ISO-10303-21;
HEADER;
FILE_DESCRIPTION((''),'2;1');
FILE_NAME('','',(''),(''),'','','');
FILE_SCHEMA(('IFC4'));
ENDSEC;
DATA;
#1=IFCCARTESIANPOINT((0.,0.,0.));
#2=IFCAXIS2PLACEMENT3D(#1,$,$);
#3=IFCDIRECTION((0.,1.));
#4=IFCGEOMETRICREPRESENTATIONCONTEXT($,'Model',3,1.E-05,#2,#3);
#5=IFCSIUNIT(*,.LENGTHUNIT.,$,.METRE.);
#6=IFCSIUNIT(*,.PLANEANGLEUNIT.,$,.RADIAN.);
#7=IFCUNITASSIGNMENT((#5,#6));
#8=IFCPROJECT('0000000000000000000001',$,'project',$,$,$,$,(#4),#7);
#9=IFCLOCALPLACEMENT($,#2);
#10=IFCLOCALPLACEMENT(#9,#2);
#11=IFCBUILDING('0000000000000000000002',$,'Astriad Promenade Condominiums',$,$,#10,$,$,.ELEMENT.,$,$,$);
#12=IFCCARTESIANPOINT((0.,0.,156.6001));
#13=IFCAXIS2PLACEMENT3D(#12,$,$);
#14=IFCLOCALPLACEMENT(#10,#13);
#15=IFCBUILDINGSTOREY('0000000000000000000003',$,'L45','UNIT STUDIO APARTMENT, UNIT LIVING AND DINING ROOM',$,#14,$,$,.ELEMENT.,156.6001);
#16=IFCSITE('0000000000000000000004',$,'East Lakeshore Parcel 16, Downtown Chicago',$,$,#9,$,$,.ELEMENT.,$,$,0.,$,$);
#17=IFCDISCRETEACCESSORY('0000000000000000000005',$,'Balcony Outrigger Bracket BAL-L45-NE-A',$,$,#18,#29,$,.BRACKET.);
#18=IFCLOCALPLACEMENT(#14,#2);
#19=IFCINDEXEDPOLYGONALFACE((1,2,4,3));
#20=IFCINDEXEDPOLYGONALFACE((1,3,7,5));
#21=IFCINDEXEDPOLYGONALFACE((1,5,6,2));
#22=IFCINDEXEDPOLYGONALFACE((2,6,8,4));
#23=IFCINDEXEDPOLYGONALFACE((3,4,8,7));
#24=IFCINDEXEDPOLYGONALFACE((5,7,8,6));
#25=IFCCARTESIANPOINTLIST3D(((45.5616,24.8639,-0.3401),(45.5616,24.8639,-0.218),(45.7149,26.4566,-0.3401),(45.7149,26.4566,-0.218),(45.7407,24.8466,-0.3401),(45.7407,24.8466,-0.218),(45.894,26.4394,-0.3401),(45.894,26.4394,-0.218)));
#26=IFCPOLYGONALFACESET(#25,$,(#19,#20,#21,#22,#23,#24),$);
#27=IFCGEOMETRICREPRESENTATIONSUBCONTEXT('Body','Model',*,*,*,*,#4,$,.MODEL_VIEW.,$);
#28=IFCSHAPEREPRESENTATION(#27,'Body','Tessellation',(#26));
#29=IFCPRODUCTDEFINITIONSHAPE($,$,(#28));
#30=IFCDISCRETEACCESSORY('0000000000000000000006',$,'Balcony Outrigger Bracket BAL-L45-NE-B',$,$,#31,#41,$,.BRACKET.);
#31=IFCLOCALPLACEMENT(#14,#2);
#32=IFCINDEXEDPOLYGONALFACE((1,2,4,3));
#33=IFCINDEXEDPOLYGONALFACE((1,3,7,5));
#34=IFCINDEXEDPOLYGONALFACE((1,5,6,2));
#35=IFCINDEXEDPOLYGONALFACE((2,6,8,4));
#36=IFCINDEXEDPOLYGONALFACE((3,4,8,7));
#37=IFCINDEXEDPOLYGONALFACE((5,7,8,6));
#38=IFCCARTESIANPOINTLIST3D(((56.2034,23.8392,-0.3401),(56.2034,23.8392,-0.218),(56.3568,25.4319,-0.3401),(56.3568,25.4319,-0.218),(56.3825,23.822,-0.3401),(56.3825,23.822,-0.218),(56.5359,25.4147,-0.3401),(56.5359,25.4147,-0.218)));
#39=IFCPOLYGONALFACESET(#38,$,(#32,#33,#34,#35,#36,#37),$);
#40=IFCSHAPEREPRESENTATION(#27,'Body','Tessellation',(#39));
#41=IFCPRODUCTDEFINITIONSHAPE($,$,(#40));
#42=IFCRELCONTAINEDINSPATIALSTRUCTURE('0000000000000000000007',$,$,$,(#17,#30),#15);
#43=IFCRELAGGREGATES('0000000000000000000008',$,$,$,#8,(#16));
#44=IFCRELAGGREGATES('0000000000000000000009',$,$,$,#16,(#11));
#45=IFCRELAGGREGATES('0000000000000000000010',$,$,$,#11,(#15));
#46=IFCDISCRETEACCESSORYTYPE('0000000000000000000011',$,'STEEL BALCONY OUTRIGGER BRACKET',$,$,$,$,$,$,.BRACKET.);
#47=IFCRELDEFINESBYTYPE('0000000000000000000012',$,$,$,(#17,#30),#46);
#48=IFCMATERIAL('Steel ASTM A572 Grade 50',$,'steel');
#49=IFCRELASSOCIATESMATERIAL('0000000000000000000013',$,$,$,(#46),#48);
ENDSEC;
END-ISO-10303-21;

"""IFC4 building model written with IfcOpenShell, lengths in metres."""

from ifc_helpers import new_model, si_unit, direction, frame, origin, origin_2d, place, context, subcontext, project, spatial, rectangle, extrude, source, transform, mapped, material, type_object, type_shapes, element, save


model = new_model("IFC4")

# Units and contexts
model_context = context("Model", 3, precision=1e-05, world=origin(), true_north=direction((0.0, 1.0)))
body_context = subcontext(model_context, "Body", "Model", "MODEL_VIEW")
ifc_project = project(units=[si_unit("LENGTHUNIT", "METRE"), si_unit("PLANEANGLEUNIT", "RADIAN")], contexts=[model_context])

# Site, building, storey
site_placement = place(None, origin())
site = spatial("IfcSite", under=ifc_project, at=site_placement, Name="East Lakeshore Parcel 16, Downtown Chicago", CompositionType="ELEMENT", RefElevation=0.0)
building_placement = place(site_placement, origin())
building = spatial("IfcBuilding", under=site, at=building_placement, Name="Astriad Promenade Condominiums", CompositionType="ELEMENT")
storey_placement = place(building_placement, frame((0.0, 0.0, 156.6001)))
storey = spatial("IfcBuildingStorey", under=building, at=storey_placement, Name="L45", Description="UNIT STUDIO APARTMENT, UNIT LIVING AND DINING ROOM", CompositionType="ELEMENT", Elevation=156.6001)

# Discrete accessories
ifc_material_1 = material(Name="Steel ASTM A572 Grade 50", Category="steel")
discrete_accessory_type = type_object("IfcDiscreteAccessoryType", Name="STEEL BALCONY OUTRIGGER BRACKET", PredefinedType="BRACKET", material=ifc_material_1)
shared_shape_1 = source(origin(), body_context, "Body", "SweptSolid", [
    extrude(rectangle(XDim=1.6001, YDim=0.1799, at=origin_2d()), origin(), (0.0, 0.0, 1.0), 0.1221),
])
type_shapes(discrete_accessory_type, [shared_shape_1])
for number, where, z_axis, x_axis, name in (
    (1, (45.7278, 25.6516, -0.3401), (0.0, 0.0, 1.0), (0.095846, 0.995396, 0.0), "Balcony Outrigger Bracket BAL-L45-NE-A"),
    (2, (56.3696, 24.627, -0.3401), (0.0, 0.0, 1.0), (0.095846, 0.995396, 0.0), "Balcony Outrigger Bracket BAL-L45-NE-B"),
):
    element("IfcDiscreteAccessory", number, at=place(storey_placement, frame(where, z_axis=z_axis, x_axis=x_axis)), inside=storey, type_object=discrete_accessory_type, Name=name, PredefinedType="BRACKET", context=body_context, shape_type="MappedRepresentation", body=[
        mapped(shared_shape_1, transform((0.0, 0.0, 0.0), scale=1.0)),
    ])

save(model, "model.ifc")
